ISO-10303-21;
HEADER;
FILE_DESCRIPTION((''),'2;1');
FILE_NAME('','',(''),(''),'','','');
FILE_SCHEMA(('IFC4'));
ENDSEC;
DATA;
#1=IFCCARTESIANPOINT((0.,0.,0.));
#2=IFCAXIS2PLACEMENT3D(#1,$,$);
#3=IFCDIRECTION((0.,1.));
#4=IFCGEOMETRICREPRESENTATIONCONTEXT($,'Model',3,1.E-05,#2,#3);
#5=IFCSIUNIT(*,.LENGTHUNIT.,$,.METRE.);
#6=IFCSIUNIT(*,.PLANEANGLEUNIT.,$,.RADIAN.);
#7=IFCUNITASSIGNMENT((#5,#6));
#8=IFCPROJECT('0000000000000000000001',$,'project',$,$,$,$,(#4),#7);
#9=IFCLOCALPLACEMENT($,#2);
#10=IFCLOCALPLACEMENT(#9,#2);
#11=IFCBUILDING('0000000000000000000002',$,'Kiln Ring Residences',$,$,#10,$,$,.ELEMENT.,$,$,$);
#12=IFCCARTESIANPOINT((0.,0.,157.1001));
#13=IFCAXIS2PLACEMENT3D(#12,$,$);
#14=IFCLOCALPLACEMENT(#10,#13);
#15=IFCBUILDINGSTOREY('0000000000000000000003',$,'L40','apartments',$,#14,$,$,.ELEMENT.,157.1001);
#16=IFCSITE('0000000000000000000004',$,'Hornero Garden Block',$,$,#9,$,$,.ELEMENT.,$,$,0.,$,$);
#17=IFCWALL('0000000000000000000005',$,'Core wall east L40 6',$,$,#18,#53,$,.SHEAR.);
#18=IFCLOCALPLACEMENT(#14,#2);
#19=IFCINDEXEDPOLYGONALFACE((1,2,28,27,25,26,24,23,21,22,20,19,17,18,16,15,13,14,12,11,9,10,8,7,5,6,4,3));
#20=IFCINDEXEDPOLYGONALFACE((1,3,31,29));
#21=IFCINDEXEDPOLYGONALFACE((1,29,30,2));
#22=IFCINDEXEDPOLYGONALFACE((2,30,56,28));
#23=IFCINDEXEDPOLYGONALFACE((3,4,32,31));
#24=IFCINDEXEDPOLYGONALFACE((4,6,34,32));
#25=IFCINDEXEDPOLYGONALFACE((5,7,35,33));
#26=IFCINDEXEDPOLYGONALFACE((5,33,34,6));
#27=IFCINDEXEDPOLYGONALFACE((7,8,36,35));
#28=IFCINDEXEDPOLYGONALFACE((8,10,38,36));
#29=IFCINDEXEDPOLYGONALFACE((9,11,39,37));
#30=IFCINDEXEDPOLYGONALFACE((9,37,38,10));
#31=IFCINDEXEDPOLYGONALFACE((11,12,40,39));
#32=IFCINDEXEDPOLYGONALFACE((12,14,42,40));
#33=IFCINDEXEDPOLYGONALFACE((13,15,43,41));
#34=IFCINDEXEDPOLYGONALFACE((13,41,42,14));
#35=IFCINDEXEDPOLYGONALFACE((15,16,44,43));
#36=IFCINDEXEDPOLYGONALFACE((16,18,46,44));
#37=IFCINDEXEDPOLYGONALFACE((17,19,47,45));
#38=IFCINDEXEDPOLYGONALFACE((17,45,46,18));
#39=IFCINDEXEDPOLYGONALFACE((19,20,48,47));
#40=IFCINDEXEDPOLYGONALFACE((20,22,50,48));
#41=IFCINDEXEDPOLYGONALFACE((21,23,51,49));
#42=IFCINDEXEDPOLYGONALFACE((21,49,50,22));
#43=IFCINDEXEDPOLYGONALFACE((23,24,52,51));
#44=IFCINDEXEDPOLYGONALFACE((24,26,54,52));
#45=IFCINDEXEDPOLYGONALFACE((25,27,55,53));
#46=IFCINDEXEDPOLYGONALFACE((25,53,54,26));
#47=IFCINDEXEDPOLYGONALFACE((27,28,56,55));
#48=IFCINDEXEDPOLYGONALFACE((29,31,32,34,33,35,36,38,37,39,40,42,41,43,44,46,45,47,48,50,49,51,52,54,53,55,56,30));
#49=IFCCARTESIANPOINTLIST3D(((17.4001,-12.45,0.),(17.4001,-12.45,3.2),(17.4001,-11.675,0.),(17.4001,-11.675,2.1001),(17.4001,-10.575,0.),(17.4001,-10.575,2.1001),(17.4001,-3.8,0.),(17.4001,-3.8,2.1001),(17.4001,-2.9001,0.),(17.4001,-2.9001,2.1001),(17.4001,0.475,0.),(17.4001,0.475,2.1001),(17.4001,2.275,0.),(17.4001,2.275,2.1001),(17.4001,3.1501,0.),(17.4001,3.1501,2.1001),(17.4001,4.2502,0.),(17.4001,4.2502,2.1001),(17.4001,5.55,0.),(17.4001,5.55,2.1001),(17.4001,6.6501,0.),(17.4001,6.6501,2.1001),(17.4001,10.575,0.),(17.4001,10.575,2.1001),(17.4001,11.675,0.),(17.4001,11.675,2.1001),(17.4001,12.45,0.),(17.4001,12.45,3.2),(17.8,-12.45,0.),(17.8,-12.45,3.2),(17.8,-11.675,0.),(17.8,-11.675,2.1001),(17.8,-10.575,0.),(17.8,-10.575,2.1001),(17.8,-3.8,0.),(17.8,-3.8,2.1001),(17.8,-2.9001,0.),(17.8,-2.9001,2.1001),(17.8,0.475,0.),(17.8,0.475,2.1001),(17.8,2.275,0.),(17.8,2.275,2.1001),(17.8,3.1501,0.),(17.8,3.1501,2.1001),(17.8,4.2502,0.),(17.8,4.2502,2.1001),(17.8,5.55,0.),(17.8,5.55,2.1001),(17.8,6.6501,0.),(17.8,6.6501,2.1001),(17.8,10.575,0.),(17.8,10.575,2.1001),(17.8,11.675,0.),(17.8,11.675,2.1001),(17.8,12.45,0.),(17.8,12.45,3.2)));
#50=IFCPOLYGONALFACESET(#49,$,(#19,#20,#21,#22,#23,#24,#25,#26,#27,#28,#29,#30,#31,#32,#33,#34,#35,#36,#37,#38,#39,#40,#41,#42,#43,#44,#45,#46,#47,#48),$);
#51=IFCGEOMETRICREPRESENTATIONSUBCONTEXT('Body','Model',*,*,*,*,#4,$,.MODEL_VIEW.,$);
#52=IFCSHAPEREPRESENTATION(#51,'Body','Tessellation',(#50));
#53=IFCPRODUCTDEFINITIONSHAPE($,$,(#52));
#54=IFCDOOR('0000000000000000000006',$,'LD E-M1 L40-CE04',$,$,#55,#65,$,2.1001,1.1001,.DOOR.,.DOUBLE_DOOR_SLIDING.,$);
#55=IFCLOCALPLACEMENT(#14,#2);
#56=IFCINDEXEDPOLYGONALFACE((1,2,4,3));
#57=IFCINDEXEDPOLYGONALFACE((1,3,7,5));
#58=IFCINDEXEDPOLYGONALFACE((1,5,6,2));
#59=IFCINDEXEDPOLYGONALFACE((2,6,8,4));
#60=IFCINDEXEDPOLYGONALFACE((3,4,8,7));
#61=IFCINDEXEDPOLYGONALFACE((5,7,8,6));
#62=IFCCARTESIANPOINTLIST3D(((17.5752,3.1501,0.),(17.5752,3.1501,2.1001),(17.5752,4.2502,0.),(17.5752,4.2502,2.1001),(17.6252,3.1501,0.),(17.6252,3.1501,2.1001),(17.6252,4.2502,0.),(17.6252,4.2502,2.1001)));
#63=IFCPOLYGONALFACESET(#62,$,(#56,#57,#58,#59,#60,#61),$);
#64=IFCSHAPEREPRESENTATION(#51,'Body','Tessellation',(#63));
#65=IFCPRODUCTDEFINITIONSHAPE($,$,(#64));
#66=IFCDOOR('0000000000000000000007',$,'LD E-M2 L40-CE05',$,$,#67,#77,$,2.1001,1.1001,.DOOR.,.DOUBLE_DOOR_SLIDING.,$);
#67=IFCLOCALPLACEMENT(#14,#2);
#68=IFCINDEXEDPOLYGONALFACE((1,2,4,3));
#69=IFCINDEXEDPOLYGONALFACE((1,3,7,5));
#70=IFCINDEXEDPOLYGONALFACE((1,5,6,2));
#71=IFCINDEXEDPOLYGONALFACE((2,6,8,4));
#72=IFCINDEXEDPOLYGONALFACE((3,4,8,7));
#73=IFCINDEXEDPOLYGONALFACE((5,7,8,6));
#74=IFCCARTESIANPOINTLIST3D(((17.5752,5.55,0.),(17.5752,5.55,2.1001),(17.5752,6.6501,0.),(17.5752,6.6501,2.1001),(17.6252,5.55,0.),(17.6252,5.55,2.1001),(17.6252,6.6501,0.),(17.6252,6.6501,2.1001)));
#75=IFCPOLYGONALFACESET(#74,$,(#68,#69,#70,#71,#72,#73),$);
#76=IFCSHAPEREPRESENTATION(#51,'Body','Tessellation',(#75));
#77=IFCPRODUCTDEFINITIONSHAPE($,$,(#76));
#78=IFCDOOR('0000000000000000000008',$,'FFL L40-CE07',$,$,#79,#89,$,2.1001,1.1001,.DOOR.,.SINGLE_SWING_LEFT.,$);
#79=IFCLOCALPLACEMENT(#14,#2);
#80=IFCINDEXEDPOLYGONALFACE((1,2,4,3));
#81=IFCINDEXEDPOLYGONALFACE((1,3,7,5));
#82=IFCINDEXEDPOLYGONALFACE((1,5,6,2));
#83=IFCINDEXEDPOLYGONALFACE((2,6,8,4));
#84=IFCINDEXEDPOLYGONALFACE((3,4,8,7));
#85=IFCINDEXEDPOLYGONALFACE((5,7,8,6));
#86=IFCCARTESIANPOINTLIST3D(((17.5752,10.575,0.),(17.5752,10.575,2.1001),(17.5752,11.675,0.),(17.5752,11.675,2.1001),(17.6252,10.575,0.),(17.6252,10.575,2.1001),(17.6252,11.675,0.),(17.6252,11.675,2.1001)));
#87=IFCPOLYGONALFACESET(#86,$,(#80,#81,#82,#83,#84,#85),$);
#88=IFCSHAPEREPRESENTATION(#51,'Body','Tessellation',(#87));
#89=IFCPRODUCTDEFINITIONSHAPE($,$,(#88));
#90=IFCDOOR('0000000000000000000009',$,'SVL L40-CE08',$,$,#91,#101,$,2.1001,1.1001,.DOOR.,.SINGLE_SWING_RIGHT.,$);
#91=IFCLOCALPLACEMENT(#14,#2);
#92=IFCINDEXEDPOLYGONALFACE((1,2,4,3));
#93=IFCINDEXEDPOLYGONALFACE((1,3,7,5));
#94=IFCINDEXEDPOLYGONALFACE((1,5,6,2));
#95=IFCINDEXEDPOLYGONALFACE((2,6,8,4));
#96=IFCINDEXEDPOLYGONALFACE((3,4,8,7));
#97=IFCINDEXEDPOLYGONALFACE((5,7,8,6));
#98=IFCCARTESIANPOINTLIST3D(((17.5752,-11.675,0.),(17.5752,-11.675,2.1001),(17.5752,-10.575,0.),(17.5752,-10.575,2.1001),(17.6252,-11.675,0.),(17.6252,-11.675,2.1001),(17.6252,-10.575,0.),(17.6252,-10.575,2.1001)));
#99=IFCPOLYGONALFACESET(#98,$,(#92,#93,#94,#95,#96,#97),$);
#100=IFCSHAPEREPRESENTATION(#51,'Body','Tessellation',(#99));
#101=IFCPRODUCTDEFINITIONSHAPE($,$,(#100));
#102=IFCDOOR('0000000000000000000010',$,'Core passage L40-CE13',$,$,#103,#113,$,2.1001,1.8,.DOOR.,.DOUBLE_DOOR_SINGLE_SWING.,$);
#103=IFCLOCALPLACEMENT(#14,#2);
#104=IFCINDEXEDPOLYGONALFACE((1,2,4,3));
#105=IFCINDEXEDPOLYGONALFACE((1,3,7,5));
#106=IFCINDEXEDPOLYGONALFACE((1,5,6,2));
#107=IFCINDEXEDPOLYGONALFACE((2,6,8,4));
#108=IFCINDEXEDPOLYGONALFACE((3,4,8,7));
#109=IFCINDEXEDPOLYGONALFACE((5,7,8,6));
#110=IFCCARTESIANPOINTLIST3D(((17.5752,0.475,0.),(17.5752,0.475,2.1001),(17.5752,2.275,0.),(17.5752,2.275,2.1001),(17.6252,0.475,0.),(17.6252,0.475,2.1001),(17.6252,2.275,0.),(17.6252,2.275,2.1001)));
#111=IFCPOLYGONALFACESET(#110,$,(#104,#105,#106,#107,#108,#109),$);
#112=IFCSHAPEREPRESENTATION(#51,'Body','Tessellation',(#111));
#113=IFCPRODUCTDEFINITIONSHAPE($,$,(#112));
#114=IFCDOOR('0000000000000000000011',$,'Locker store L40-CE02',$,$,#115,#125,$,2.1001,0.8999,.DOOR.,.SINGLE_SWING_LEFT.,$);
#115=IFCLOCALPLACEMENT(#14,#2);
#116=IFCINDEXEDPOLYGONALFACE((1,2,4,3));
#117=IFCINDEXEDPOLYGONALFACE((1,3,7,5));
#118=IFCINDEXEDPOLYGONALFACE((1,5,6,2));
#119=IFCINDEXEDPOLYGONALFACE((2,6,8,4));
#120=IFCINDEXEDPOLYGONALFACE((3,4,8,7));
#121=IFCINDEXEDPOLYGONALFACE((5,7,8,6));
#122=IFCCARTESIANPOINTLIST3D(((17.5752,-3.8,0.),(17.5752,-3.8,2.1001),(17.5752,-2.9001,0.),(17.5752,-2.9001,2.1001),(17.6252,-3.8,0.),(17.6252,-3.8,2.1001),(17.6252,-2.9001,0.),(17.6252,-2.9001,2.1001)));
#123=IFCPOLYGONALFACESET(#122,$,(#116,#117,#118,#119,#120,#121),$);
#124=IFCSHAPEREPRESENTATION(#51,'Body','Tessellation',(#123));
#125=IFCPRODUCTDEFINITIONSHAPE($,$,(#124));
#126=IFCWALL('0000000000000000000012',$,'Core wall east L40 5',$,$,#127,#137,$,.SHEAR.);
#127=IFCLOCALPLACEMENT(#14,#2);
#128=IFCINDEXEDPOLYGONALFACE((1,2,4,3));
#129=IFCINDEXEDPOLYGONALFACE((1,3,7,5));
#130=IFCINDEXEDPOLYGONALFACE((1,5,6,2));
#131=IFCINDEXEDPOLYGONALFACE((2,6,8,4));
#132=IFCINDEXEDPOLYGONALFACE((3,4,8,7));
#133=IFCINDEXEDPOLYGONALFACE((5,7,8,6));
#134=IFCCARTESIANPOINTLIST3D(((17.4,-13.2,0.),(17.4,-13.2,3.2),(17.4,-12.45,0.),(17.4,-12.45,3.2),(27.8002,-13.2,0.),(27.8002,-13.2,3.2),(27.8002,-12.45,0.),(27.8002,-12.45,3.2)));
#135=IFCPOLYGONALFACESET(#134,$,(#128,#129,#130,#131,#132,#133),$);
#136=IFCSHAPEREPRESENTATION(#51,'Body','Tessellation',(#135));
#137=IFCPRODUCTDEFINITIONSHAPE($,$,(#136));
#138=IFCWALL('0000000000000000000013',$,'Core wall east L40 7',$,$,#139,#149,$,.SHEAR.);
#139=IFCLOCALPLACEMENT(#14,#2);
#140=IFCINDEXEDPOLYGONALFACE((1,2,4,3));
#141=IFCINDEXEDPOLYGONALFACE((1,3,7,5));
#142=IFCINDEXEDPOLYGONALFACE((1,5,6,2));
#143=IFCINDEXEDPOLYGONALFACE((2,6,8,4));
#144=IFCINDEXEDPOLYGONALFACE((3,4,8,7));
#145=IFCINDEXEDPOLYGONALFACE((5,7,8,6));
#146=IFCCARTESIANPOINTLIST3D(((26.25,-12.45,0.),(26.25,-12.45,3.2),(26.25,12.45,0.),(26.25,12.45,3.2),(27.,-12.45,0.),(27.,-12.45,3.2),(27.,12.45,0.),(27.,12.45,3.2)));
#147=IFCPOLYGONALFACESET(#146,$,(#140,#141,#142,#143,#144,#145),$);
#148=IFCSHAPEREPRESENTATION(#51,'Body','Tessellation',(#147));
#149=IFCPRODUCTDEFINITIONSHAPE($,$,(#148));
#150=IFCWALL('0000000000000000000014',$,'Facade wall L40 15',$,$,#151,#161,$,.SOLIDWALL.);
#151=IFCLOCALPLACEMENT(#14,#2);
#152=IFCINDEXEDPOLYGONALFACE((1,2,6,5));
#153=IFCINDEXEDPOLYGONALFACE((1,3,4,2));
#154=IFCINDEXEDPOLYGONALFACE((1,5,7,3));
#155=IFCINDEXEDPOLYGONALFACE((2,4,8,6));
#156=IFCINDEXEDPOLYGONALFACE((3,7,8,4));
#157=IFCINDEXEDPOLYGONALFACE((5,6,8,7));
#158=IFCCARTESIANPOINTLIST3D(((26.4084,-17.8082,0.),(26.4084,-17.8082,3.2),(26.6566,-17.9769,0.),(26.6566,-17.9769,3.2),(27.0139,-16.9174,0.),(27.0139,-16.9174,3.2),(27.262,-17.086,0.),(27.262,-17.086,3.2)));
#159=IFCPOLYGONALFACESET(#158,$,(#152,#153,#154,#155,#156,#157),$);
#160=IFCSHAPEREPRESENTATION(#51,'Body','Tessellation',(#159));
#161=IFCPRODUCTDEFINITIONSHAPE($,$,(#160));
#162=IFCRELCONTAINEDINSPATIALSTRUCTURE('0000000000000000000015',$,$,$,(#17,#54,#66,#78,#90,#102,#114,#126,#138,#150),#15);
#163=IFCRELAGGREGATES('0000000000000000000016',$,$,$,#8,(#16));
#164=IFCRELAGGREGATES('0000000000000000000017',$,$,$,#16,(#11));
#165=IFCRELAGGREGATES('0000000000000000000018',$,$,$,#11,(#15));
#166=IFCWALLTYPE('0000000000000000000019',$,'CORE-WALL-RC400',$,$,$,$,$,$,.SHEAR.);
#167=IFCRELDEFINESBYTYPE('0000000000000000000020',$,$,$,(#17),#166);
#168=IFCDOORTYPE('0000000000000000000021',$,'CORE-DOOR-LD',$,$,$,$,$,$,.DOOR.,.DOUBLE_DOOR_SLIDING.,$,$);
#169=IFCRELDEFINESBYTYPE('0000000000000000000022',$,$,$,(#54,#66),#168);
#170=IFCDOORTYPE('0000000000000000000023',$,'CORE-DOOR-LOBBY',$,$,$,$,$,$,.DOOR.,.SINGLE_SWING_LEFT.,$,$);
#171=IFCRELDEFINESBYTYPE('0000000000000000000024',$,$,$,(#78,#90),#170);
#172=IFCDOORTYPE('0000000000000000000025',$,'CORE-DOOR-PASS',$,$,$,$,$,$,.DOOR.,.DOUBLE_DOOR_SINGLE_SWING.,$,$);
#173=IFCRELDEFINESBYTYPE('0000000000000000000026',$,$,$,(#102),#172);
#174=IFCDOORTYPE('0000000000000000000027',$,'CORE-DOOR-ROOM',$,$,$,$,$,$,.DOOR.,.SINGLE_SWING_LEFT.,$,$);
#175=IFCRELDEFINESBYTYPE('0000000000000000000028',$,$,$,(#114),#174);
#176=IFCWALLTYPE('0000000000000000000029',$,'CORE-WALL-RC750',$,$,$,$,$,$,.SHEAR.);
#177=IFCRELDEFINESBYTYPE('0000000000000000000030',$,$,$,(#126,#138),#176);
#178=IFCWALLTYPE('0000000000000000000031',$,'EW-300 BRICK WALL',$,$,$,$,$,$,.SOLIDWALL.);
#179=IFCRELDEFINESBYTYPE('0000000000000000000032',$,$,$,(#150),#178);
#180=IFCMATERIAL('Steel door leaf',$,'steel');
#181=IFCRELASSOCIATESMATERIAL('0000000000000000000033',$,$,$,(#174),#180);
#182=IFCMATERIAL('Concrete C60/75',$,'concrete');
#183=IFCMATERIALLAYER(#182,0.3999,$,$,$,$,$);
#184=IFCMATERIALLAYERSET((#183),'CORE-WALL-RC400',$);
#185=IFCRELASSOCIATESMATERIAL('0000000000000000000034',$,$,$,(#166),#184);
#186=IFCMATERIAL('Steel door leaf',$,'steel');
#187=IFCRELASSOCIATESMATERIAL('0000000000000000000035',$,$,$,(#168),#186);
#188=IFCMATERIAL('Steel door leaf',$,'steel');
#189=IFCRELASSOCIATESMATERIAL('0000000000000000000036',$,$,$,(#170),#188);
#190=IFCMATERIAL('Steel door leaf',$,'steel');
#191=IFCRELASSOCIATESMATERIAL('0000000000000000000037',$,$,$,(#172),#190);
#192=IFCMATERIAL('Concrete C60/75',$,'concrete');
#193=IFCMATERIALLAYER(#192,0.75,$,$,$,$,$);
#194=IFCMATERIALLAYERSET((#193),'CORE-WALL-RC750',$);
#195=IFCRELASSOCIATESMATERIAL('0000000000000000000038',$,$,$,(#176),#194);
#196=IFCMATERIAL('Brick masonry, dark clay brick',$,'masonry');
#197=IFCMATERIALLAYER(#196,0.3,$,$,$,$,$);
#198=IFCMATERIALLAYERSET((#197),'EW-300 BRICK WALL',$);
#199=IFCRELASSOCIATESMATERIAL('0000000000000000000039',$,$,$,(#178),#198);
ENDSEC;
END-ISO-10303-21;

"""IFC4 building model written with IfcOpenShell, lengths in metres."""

from ifc_helpers import new_model, si_unit, direction, frame, frame_2d, origin, place, context, subcontext, project, spatial, rectangle, extrude, material, layer, layer_set, type_object, element, fill, save


model = new_model("IFC4")

# Units and contexts
model_context = context("Model", 3, precision=1e-05, world=origin(), true_north=direction((0.0, 1.0)))
body_context = subcontext(model_context, "Body", "Model", "MODEL_VIEW")
ifc_project = project(units=[si_unit("LENGTHUNIT", "METRE"), si_unit("PLANEANGLEUNIT", "RADIAN")], contexts=[model_context])

# Site, building, storey
site_placement = place(None, origin())
site = spatial("IfcSite", under=ifc_project, at=site_placement, Name="Hornero Garden Block", CompositionType="ELEMENT", RefElevation=0.0)
building_placement = place(site_placement, origin())
building = spatial("IfcBuilding", under=site, at=building_placement, Name="Kiln Ring Residences", CompositionType="ELEMENT")
storey_placement = place(building_placement, frame((0.0, 0.0, 157.1001)))
storey = spatial("IfcBuildingStorey", under=building, at=storey_placement, Name="L40", Description="apartments", CompositionType="ELEMENT", Elevation=157.1001)

# Shared definitions
ifc_material_1 = material(Name="Steel door leaf", Category="steel")
door_type_1 = type_object("IfcDoorType", Name="CORE-DOOR-ROOM", OperationType="SINGLE_SWING_LEFT", PredefinedType="DOOR", material=ifc_material_1)

# Wall, openings, doors
ifc_material_2 = material(Name="Concrete C60/75", Category="concrete")
ifc_layer_1 = layer(ifc_material_2, 0.3999)
ifc_layer_set_1 = layer_set([ifc_layer_1], Name="CORE-WALL-RC400")
wall_type_1 = type_object("IfcWallType", Name="CORE-WALL-RC400", PredefinedType="SHEAR", material=ifc_layer_set_1)
wall_1_placement = place(storey_placement, frame((17.6001, -12.45, 0.0), z_axis=(0.0, 0.0, 1.0), x_axis=(0.0, 1.0, 0.0)))
wall_1 = element("IfcWall", 1, at=wall_1_placement, inside=storey, type_object=wall_type_1, Name="Core wall east L40 6", PredefinedType="SHEAR", context=body_context, shape_type="SweptSolid", body=[
    extrude(rectangle(XDim=24.8999, YDim=0.3999, at=frame_2d((12.45, 0.0))), origin(), (0.0, 0.0, 1.0), 3.2),
])
opening_1_placement = place(wall_1_placement, frame((8.6499, 0.0, 0.0)))
opening_1 = element("IfcOpeningElement", 2, at=opening_1_placement, cuts=wall_1, PredefinedType="OPENING", context=body_context, shape_type="SweptSolid", body=[
    extrude(rectangle(XDim=0.8999, YDim=2.1001, at=frame_2d((0.45, 1.05))), frame((0.0, 0.21, 0.0), z_axis=(0.0, -1.0, 0.0), x_axis=(1.0, 0.0, 0.0)), (0.0, 0.0, 1.0), 0.4199),
])
opening_2_placement = place(wall_1_placement, frame((15.6001, 0.0, 0.0)))
opening_2 = element("IfcOpeningElement", 3, at=opening_2_placement, cuts=wall_1, PredefinedType="OPENING", context=body_context, shape_type="SweptSolid", body=[
    extrude(rectangle(XDim=1.1001, YDim=2.1001, at=frame_2d((0.55, 1.05))), frame((0.0, 0.21, 0.0), z_axis=(0.0, -1.0, 0.0), x_axis=(1.0, 0.0, 0.0)), (0.0, 0.0, 1.0), 0.4199),
])
opening_3_placement = place(wall_1_placement, frame((18.0, 0.0, 0.0)))
opening_3 = element("IfcOpeningElement", 4, at=opening_3_placement, cuts=wall_1, PredefinedType="OPENING", context=body_context, shape_type="SweptSolid", body=[
    extrude(rectangle(XDim=1.1001, YDim=2.1001, at=frame_2d((0.55, 1.05))), frame((0.0, 0.21, 0.0), z_axis=(0.0, -1.0, 0.0), x_axis=(1.0, 0.0, 0.0)), (0.0, 0.0, 1.0), 0.4199),
])
opening_4_placement = place(wall_1_placement, frame((23.0249, 0.0, 0.0)))
opening_4 = element("IfcOpeningElement", 5, at=opening_4_placement, cuts=wall_1, PredefinedType="OPENING", context=body_context, shape_type="SweptSolid", body=[
    extrude(rectangle(XDim=1.1001, YDim=2.1001, at=frame_2d((0.55, 1.05))), frame((0.0, 0.21, 0.0), z_axis=(0.0, -1.0, 0.0), x_axis=(1.0, 0.0, 0.0)), (0.0, 0.0, 1.0), 0.4199),
])
opening_5_placement = place(wall_1_placement, frame((0.7749, 0.0, 0.0)))
opening_5 = element("IfcOpeningElement", 6, at=opening_5_placement, cuts=wall_1, PredefinedType="OPENING", context=body_context, shape_type="SweptSolid", body=[
    extrude(rectangle(XDim=1.1001, YDim=2.1001, at=frame_2d((0.55, 1.05))), frame((0.0, 0.21, 0.0), z_axis=(0.0, -1.0, 0.0), x_axis=(1.0, 0.0, 0.0)), (0.0, 0.0, 1.0), 0.4199),
])
opening_6_placement = place(wall_1_placement, frame((12.925, 0.0, 0.0)))
opening_6 = element("IfcOpeningElement", 7, at=opening_6_placement, cuts=wall_1, PredefinedType="OPENING", context=body_context, shape_type="SweptSolid", body=[
    extrude(rectangle(XDim=1.8, YDim=2.1001, at=frame_2d((0.8999, 1.05))), frame((0.0, 0.21, 0.0), z_axis=(0.0, -1.0, 0.0), x_axis=(1.0, 0.0, 0.0)), (0.0, 0.0, 1.0), 0.4199),
])
ifc_material_3 = material(Name="Steel door leaf", Category="steel")
door_type_2 = type_object("IfcDoorType", Name="CORE-DOOR-LD", OperationType="DOUBLE_DOOR_SLIDING", PredefinedType="DOOR", material=ifc_material_3)
door_1_placement = place(opening_2_placement, origin())
door_1 = element("IfcDoor", 8, at=door_1_placement, inside=storey, type_object=door_type_2, Name="LD E-M1 L40-CE04", OperationType="DOUBLE_DOOR_SLIDING", OverallHeight=2.1001, OverallWidth=1.1001, PredefinedType="DOOR", context=body_context, shape_type="SweptSolid", body=[
    extrude(rectangle(XDim=1.1001, YDim=2.1001, at=frame_2d((0.55, 1.05))), frame((0.0, 0.0249, 0.0), z_axis=(0.0, -1.0, 0.0), x_axis=(1.0, 0.0, 0.0)), (0.0, 0.0, 1.0), 0.05),
])
fill(opening_2, door_1)
door_2_placement = place(opening_3_placement, origin())
door_2 = element("IfcDoor", 9, at=door_2_placement, inside=storey, type_object=door_type_2, Name="LD E-M2 L40-CE05", OperationType="DOUBLE_DOOR_SLIDING", OverallHeight=2.1001, OverallWidth=1.1001, PredefinedType="DOOR", context=body_context, shape_type="SweptSolid", body=[
    extrude(rectangle(XDim=1.1001, YDim=2.1001, at=frame_2d((0.55, 1.05))), frame((0.0, 0.0249, 0.0), z_axis=(0.0, -1.0, 0.0), x_axis=(1.0, 0.0, 0.0)), (0.0, 0.0, 1.0), 0.05),
])
fill(opening_3, door_2)
ifc_material_4 = material(Name="Steel door leaf", Category="steel")
door_type_3 = type_object("IfcDoorType", Name="CORE-DOOR-LOBBY", OperationType="SINGLE_SWING_LEFT", PredefinedType="DOOR", material=ifc_material_4)
door_3_placement = place(opening_4_placement, origin())
door_3 = element("IfcDoor", 10, at=door_3_placement, inside=storey, type_object=door_type_3, Name="FFL L40-CE07", OperationType="SINGLE_SWING_LEFT", OverallHeight=2.1001, OverallWidth=1.1001, PredefinedType="DOOR", context=body_context, shape_type="SweptSolid", body=[
    extrude(rectangle(XDim=1.1001, YDim=2.1001, at=frame_2d((0.55, 1.05))), frame((0.0, 0.0249, 0.0), z_axis=(0.0, -1.0, 0.0), x_axis=(1.0, 0.0, 0.0)), (0.0, 0.0, 1.0), 0.05),
])
fill(opening_4, door_3)
door_4_placement = place(opening_5_placement, origin())
door_4 = element("IfcDoor", 11, at=door_4_placement, inside=storey, type_object=door_type_3, Name="SVL L40-CE08", OperationType="SINGLE_SWING_RIGHT", OverallHeight=2.1001, OverallWidth=1.1001, PredefinedType="DOOR", context=body_context, shape_type="SweptSolid", body=[
    extrude(rectangle(XDim=1.1001, YDim=2.1001, at=frame_2d((0.55, 1.05))), frame((0.0, 0.0249, 0.0), z_axis=(0.0, -1.0, 0.0), x_axis=(1.0, 0.0, 0.0)), (0.0, 0.0, 1.0), 0.05),
])
fill(opening_5, door_4)
ifc_material_5 = material(Name="Steel door leaf", Category="steel")
door_type_4 = type_object("IfcDoorType", Name="CORE-DOOR-PASS", OperationType="DOUBLE_DOOR_SINGLE_SWING", PredefinedType="DOOR", material=ifc_material_5)
door_5_placement = place(opening_6_placement, origin())
door_5 = element("IfcDoor", 12, at=door_5_placement, inside=storey, type_object=door_type_4, Name="Core passage L40-CE13", OperationType="DOUBLE_DOOR_SINGLE_SWING", OverallHeight=2.1001, OverallWidth=1.8, PredefinedType="DOOR", context=body_context, shape_type="SweptSolid", body=[
    extrude(rectangle(XDim=1.8, YDim=2.1001, at=frame_2d((0.8999, 1.05))), frame((0.0, 0.0249, 0.0), z_axis=(0.0, -1.0, 0.0), x_axis=(1.0, 0.0, 0.0)), (0.0, 0.0, 1.0), 0.05),
])
fill(opening_6, door_5)
door_6_placement = place(opening_1_placement, origin())
door_6 = element("IfcDoor", 13, at=door_6_placement, inside=storey, type_object=door_type_1, Name="Locker store L40-CE02", OperationType="SINGLE_SWING_LEFT", OverallHeight=2.1001, OverallWidth=0.8999, PredefinedType="DOOR", context=body_context, shape_type="SweptSolid", body=[
    extrude(rectangle(XDim=0.8999, YDim=2.1001, at=frame_2d((0.45, 1.05))), frame((0.0, 0.0249, 0.0), z_axis=(0.0, -1.0, 0.0), x_axis=(1.0, 0.0, 0.0)), (0.0, 0.0, 1.0), 0.05),
])
fill(opening_1, door_6)

# Walls
ifc_material_6 = material(Name="Concrete C60/75", Category="concrete")
ifc_layer_2 = layer(ifc_material_6, 0.75)
ifc_layer_set_2 = layer_set([ifc_layer_2], Name="CORE-WALL-RC750")
wall_type_2 = type_object("IfcWallType", Name="CORE-WALL-RC750", PredefinedType="SHEAR", material=ifc_layer_set_2)
wall_2_placement = place(storey_placement, frame((17.3999, -12.825, 0.0), z_axis=(0.0, 0.0, 1.0), x_axis=(1.0, 0.0, 0.0)))
element("IfcWall", 14, at=wall_2_placement, inside=storey, type_object=wall_type_2, Name="Core wall east L40 5", PredefinedType="SHEAR", context=body_context, shape_type="SweptSolid", body=[
    extrude(rectangle(XDim=10.4001, YDim=0.75, at=frame_2d((5.2002, 0.0))), origin(), (0.0, 0.0, 1.0), 3.2),
])
wall_3_placement = place(storey_placement, frame((26.625, -12.45, 0.0), z_axis=(0.0, 0.0, 1.0), x_axis=(0.0, 1.0, 0.0)))
element("IfcWall", 15, at=wall_3_placement, inside=storey, type_object=wall_type_2, Name="Core wall east L40 7", PredefinedType="SHEAR", context=body_context, shape_type="SweptSolid", body=[
    extrude(rectangle(XDim=24.8999, YDim=0.75, at=frame_2d((12.45, 0.0))), origin(), (0.0, 0.0, 1.0), 3.2),
])
ifc_material_7 = material(Name="Brick masonry, dark clay brick", Category="masonry")
ifc_layer_3 = layer(ifc_material_7, 0.3)
ifc_layer_set_3 = layer_set([ifc_layer_3], Name="EW-300 BRICK WALL")
wall_type_3 = type_object("IfcWallType", Name="EW-300 BRICK WALL", PredefinedType="SOLIDWALL", material=ifc_layer_set_3)
wall_4_placement = place(storey_placement, frame((26.5325, -17.8926, 0.0), z_axis=(0.0, 0.0, 1.0), x_axis=(0.562105, 0.827066, 0.0)))
element("IfcWall", 16, at=wall_4_placement, inside=storey, type_object=wall_type_3, Name="Facade wall L40 15", PredefinedType="SOLIDWALL", context=body_context, shape_type="SweptSolid", body=[
    extrude(rectangle(XDim=1.0771, YDim=0.3, at=frame_2d((0.5386, 0.0))), origin(), (0.0, 0.0, 1.0), 3.2),
])

save(model, "model.ifc")
